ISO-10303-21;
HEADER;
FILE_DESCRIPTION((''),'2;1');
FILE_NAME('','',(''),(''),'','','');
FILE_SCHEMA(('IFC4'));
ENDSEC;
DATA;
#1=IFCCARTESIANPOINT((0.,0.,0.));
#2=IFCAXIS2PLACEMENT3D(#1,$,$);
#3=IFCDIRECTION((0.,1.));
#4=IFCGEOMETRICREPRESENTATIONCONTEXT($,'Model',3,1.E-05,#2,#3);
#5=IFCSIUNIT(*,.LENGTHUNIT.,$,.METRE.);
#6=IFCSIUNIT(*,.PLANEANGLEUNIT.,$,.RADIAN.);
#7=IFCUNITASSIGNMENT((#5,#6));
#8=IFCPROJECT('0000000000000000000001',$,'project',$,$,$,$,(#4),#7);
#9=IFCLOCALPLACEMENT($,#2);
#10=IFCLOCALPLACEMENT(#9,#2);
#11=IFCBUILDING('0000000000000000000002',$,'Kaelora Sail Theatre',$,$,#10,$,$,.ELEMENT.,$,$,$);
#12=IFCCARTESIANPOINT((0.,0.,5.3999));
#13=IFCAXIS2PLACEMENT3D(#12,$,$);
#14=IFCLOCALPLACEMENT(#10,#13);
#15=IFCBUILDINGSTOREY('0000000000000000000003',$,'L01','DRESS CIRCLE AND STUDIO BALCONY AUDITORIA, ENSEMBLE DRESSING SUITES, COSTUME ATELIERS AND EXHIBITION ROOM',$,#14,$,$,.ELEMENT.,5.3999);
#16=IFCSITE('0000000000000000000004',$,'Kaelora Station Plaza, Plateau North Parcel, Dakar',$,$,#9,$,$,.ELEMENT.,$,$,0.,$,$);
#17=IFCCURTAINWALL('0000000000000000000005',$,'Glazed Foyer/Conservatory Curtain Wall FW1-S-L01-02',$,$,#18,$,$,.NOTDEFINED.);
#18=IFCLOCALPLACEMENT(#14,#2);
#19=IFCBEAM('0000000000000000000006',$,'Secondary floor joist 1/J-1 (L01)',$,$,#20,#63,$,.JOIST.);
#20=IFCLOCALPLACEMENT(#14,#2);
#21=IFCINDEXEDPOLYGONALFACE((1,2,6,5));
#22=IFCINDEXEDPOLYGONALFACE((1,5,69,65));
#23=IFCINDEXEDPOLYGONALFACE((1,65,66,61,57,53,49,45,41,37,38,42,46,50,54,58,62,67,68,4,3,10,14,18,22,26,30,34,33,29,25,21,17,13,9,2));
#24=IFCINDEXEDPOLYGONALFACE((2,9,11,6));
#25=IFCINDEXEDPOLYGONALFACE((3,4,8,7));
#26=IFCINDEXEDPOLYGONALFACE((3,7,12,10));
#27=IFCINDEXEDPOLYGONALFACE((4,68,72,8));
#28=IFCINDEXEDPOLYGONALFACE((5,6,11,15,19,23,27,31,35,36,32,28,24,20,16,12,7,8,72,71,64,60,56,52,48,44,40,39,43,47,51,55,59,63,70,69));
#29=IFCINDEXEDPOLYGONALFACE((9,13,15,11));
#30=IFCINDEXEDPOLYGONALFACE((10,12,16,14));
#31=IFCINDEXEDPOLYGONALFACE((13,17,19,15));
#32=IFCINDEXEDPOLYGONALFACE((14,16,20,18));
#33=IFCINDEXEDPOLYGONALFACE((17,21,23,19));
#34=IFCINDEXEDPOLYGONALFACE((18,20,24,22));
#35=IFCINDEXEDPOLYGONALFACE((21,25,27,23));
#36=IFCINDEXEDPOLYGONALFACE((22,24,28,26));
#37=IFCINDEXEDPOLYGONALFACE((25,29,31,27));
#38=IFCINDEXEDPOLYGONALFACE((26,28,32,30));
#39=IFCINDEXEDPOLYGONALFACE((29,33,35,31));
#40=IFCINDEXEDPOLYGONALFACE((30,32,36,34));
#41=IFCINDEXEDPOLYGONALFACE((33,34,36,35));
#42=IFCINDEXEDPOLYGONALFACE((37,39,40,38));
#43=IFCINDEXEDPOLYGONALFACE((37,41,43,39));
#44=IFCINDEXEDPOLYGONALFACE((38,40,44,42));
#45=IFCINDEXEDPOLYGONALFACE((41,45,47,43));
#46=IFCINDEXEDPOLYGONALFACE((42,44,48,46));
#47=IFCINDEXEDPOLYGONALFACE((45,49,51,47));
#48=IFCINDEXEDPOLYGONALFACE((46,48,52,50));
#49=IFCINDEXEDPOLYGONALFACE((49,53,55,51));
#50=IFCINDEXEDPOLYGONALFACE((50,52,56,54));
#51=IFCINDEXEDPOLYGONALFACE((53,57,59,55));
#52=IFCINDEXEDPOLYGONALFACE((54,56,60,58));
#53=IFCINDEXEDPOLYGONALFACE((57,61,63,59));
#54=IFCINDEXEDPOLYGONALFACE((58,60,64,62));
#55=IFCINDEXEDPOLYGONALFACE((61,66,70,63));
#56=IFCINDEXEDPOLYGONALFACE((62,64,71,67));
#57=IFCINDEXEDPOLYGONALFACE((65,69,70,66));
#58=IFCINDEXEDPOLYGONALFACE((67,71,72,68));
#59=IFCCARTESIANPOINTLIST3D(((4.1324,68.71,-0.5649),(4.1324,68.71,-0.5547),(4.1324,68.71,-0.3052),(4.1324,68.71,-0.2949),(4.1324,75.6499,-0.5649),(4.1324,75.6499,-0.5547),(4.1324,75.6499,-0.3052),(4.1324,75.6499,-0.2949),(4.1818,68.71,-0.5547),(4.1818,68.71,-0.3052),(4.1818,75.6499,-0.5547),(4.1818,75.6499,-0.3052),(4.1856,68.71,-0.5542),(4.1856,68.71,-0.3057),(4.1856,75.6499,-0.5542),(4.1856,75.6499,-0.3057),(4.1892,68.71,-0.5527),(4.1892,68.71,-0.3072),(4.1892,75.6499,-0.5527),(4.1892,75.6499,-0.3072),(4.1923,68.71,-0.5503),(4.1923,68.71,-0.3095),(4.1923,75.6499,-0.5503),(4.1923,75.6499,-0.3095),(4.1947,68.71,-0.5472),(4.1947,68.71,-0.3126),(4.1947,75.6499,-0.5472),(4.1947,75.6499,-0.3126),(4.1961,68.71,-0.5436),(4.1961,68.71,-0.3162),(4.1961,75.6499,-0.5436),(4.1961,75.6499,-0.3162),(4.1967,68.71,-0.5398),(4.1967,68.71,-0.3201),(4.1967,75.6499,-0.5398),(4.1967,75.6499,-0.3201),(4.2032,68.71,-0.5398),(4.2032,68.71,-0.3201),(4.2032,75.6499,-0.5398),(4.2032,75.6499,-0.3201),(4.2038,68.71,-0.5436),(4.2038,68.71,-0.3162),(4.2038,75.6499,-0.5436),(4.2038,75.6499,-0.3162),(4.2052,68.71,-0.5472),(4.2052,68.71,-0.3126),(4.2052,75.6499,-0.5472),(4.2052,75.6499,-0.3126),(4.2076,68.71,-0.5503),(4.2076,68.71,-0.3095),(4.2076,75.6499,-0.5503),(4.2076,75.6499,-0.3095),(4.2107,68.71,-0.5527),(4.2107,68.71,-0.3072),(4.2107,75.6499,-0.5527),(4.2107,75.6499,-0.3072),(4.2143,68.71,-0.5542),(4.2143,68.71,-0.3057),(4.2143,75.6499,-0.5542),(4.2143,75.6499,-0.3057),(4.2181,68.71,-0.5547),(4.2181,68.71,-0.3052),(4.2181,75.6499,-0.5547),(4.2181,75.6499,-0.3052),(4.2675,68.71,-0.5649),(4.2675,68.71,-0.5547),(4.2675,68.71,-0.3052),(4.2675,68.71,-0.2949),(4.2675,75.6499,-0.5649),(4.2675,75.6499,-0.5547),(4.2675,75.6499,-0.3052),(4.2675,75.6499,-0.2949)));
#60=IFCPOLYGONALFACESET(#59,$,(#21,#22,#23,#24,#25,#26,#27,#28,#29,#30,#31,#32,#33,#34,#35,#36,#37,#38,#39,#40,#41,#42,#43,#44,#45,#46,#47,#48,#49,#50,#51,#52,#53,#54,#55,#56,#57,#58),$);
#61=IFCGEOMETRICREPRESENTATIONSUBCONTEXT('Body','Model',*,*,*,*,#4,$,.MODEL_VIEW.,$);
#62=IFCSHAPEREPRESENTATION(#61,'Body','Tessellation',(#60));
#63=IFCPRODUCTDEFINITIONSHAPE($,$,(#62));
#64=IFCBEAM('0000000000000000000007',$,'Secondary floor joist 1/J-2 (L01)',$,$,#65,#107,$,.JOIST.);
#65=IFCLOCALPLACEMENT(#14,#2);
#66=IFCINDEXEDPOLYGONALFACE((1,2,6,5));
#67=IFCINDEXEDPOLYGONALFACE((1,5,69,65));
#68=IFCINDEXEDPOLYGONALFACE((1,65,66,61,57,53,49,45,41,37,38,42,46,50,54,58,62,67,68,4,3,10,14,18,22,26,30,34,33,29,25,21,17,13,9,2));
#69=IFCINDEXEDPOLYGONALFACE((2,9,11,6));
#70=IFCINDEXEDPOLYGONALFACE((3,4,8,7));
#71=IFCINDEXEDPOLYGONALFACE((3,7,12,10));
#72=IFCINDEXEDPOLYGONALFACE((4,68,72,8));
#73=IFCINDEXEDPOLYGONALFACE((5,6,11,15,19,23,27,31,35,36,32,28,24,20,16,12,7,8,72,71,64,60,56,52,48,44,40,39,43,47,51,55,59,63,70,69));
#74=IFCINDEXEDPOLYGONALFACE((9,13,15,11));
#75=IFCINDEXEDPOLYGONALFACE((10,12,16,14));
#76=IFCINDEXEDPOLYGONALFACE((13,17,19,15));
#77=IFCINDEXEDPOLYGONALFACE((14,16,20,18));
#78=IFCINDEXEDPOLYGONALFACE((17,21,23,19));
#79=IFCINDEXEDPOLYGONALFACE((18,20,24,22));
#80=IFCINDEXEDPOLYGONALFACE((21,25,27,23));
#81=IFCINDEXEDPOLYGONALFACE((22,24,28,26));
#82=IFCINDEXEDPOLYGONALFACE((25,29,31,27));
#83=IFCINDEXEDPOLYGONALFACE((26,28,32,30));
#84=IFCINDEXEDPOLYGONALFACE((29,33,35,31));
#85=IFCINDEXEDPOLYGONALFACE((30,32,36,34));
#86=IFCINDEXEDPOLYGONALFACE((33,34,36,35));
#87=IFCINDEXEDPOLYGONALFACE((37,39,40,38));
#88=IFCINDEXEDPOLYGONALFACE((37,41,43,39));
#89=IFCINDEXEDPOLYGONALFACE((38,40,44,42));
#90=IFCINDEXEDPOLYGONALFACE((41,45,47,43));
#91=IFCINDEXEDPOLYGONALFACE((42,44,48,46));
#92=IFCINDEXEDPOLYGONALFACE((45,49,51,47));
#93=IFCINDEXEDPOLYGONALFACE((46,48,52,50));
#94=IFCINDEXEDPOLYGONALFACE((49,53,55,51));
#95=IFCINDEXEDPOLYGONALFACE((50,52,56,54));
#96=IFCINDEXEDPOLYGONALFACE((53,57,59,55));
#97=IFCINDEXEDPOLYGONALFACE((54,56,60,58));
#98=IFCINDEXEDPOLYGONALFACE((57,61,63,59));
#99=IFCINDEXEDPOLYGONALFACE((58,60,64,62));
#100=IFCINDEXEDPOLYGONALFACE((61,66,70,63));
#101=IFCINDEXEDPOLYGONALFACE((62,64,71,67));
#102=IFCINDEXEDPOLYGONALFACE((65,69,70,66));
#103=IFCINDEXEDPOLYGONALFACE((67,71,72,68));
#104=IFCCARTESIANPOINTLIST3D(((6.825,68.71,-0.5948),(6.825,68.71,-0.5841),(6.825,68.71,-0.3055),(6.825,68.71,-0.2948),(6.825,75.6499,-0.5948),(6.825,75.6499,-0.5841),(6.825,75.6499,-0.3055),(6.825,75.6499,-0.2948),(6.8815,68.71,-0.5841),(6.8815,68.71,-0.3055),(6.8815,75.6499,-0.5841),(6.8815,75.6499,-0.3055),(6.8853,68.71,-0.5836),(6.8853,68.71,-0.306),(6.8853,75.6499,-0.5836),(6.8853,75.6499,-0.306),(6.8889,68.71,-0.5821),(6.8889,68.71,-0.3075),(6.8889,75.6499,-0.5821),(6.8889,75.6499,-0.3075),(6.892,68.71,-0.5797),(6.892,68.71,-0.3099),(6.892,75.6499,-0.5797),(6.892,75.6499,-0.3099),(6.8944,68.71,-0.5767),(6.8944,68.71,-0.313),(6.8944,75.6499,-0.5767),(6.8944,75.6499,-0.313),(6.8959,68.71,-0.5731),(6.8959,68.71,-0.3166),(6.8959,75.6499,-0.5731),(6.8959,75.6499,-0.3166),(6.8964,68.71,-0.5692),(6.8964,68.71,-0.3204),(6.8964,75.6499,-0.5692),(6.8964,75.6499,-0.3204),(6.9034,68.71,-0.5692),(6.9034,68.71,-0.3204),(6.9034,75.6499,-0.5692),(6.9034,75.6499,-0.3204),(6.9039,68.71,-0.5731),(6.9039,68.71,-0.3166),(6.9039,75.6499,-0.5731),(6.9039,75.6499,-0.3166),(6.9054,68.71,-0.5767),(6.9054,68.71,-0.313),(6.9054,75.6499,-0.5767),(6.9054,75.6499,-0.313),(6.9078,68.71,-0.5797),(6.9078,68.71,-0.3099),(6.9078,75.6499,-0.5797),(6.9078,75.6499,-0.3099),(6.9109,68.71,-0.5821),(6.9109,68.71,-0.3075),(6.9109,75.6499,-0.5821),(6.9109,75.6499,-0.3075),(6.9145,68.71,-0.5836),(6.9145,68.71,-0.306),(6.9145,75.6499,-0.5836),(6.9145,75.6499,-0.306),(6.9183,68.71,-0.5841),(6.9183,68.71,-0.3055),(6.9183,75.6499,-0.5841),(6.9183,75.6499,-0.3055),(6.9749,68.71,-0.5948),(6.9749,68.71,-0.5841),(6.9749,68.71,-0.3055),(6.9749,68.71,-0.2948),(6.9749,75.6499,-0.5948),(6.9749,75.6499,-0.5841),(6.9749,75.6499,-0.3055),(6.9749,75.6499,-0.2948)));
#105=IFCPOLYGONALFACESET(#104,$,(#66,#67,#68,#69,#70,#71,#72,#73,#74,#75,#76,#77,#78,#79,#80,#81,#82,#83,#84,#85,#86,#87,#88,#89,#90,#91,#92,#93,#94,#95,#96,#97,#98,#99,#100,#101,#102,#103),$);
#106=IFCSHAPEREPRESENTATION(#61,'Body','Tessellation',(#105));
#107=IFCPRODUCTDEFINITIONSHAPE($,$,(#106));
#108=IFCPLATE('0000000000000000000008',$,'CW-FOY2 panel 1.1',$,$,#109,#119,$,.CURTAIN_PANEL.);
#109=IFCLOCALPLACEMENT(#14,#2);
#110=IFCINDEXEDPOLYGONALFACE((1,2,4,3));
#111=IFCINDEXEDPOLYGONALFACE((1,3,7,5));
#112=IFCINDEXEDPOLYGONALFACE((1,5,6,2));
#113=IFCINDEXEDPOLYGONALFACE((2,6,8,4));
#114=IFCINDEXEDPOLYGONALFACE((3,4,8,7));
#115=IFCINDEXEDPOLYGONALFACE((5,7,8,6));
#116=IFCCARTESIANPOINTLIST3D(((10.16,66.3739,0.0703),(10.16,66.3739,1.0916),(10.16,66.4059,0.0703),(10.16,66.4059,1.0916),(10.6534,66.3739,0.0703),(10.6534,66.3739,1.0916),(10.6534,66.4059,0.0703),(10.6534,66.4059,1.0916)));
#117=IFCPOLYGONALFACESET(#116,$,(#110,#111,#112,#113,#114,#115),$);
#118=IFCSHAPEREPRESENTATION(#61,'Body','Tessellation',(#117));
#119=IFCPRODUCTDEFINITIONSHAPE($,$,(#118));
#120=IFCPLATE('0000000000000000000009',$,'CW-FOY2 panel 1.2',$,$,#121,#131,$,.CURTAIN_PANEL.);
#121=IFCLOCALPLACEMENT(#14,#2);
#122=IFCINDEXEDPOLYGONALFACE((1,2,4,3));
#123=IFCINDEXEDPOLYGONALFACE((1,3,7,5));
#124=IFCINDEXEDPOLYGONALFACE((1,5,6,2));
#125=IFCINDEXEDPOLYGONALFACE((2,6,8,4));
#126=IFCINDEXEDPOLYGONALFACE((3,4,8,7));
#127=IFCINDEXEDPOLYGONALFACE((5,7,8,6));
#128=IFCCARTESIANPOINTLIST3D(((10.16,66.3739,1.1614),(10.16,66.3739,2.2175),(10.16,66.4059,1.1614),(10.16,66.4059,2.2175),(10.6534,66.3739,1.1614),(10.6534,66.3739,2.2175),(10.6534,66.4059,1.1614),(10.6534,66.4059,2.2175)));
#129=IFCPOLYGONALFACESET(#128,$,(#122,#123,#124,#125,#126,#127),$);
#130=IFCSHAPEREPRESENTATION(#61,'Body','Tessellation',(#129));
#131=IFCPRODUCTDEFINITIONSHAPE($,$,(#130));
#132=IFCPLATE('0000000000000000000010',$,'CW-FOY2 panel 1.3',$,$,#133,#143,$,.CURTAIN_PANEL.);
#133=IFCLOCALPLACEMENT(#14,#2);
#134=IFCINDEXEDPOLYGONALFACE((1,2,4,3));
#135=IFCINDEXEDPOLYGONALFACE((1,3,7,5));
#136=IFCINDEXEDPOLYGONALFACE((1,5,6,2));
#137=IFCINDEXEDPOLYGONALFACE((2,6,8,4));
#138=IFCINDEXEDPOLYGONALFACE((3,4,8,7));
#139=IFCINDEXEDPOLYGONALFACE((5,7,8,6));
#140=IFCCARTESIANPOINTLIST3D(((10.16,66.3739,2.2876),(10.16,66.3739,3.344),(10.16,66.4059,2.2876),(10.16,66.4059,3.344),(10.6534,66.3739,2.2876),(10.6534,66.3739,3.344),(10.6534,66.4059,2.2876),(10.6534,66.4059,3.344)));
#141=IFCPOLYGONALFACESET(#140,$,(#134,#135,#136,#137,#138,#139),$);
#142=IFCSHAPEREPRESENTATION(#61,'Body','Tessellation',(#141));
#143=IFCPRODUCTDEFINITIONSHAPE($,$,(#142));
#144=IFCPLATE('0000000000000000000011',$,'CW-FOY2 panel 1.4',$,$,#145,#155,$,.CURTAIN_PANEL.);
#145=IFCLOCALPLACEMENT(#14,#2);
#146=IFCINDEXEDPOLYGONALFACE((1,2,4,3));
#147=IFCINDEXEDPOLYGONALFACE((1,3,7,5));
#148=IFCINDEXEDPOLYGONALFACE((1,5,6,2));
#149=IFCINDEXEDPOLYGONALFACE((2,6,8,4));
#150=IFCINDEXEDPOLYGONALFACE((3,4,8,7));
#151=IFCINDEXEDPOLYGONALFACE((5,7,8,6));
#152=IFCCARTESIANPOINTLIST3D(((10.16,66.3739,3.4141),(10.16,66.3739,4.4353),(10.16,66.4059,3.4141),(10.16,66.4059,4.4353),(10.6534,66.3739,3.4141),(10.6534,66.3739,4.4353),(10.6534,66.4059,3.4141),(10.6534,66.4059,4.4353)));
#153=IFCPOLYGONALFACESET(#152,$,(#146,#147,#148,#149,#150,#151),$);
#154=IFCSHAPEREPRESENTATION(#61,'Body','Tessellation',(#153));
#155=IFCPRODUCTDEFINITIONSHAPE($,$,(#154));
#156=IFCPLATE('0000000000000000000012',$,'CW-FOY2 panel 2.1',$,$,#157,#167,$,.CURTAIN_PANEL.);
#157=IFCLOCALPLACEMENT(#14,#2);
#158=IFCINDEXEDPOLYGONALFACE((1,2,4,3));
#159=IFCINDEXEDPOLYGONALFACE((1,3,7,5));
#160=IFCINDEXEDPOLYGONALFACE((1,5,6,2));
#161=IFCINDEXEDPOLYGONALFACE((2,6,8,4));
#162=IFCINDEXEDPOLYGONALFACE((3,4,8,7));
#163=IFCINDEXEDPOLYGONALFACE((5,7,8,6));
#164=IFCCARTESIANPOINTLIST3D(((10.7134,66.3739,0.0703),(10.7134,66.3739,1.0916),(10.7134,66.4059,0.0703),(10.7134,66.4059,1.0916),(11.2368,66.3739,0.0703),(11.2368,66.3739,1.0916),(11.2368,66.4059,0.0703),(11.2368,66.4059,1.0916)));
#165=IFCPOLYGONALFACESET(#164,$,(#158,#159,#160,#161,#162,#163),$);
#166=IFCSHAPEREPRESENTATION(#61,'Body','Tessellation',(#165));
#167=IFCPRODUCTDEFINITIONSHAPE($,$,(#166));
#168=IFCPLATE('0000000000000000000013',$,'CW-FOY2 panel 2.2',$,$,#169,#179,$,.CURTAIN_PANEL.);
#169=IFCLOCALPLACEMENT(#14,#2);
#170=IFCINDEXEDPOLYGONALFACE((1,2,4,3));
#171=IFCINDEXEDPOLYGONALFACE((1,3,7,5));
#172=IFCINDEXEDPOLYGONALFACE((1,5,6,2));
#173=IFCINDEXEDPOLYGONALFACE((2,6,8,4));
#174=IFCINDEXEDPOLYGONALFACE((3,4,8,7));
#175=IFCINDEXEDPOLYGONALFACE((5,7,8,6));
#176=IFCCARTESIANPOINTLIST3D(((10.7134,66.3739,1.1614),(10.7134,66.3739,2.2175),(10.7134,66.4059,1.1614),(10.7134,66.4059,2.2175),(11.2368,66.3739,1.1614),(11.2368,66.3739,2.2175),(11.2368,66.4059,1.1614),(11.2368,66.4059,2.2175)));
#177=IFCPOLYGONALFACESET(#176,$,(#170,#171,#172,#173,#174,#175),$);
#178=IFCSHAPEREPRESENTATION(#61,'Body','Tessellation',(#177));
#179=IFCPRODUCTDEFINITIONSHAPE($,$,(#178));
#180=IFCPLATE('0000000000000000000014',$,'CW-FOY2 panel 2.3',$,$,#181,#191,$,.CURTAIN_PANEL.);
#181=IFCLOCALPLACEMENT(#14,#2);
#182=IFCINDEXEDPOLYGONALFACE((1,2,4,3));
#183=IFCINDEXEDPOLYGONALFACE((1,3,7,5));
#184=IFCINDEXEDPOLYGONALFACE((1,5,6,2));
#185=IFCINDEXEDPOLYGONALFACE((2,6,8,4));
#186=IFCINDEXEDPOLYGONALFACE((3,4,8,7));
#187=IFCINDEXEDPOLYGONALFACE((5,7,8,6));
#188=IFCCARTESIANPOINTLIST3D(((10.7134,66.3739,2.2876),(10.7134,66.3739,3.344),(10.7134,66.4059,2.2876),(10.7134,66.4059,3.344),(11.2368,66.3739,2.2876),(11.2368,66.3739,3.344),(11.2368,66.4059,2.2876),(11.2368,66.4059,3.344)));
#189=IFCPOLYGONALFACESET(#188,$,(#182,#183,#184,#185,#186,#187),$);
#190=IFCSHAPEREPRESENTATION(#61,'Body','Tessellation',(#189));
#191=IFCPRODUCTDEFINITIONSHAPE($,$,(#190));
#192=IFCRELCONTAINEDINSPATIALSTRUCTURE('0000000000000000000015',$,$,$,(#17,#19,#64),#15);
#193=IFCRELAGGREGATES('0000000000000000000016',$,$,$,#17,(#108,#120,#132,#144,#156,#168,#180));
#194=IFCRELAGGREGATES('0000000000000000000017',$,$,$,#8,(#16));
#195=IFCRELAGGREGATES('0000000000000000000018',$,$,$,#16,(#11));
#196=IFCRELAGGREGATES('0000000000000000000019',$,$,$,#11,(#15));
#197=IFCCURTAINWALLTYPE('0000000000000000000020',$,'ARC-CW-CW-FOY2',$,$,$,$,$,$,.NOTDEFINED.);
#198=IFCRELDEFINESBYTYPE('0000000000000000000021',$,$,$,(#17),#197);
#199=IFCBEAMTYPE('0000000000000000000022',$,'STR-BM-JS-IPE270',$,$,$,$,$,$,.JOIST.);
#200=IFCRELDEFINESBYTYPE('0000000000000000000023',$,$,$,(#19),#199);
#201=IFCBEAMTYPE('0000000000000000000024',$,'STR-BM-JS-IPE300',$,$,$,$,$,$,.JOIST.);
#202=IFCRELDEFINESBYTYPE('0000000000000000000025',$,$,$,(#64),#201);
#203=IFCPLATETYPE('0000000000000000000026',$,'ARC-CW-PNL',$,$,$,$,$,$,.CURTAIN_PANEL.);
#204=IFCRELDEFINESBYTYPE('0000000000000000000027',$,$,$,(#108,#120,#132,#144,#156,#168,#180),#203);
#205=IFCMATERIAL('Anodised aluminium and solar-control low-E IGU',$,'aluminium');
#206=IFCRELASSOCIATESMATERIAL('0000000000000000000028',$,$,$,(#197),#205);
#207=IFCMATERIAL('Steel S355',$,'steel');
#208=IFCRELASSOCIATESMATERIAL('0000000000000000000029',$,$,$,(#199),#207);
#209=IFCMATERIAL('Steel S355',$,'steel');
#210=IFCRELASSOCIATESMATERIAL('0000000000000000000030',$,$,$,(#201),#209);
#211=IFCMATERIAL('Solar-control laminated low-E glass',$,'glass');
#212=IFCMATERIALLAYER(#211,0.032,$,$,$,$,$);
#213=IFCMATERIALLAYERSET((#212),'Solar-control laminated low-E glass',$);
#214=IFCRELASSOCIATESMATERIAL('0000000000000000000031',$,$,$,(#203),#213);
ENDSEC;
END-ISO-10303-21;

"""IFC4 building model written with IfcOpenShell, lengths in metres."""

from ifc_helpers import new_model, si_unit, direction, frame, origin, origin_2d, place, context, subcontext, project, spatial, rectangle, i_section, extrude, material, layer, layer_set, material_profile, profile_set, type_object, element, aggregate, save


model = new_model("IFC4")

# Units and contexts
model_context = context("Model", 3, precision=1e-05, world=origin(), true_north=direction((0.0, 1.0)))
body_context = subcontext(model_context, "Body", "Model", "MODEL_VIEW")
ifc_project = project(units=[si_unit("LENGTHUNIT", "METRE"), si_unit("PLANEANGLEUNIT", "RADIAN")], contexts=[model_context])

# Site, building, storey
site_placement = place(None, origin())
site = spatial("IfcSite", under=ifc_project, at=site_placement, Name="Kaelora Station Plaza, Plateau North Parcel, Dakar", CompositionType="ELEMENT", RefElevation=0.0)
building_placement = place(site_placement, origin())
building = spatial("IfcBuilding", under=site, at=building_placement, Name="Kaelora Sail Theatre", CompositionType="ELEMENT")
storey_placement = place(building_placement, frame((0.0, 0.0, 5.3999)))
storey = spatial("IfcBuildingStorey", under=building, at=storey_placement, Name="L01", Description="DRESS CIRCLE AND STUDIO BALCONY AUDITORIA, ENSEMBLE DRESSING SUITES, COSTUME ATELIERS AND EXHIBITION ROOM", CompositionType="ELEMENT", Elevation=5.3999)

# Curtain wall
ifc_material_1 = material(Name="Anodised aluminium and solar-control low-E IGU", Category="aluminium")
curtain_wall_type = type_object("IfcCurtainWallType", Name="ARC-CW-CW-FOY2", PredefinedType="NOTDEFINED", material=ifc_material_1)
curtain_wall_placement = place(storey_placement, origin())
curtain_wall = element("IfcCurtainWall", 1, at=curtain_wall_placement, inside=storey, type_object=curtain_wall_type, Name="Glazed Foyer/Conservatory Curtain Wall FW1-S-L01-02", PredefinedType="NOTDEFINED")

# Beams
ifc_material_2 = material(Name="Steel S355", Category="steel")
ifc_material_profile_1 = material_profile(ifc_material_2, i_section(OverallWidth=0.135, OverallDepth=0.27, WebThickness=0.0066, FlangeThickness=0.0103, FilletRadius=0.0149, at=origin_2d()), Name="IPE 270")
ifc_profile_set_1 = profile_set([ifc_material_profile_1], Name="Steel S355")
beam_type_1 = type_object("IfcBeamType", Name="STR-BM-JS-IPE270", PredefinedType="JOIST", material=ifc_profile_set_1)
beam_1_placement = place(storey_placement, frame((4.2, 68.71, -0.4299), z_axis=(0.0, 1.0, 0.0), x_axis=(-1.0, 0.0, 0.0)))
element("IfcBeam", 2, at=beam_1_placement, inside=storey, type_object=beam_type_1, Name="Secondary floor joist 1/J-1 (L01)", PredefinedType="JOIST", context=body_context, shape_type="SweptSolid", body=[
    extrude(i_section(OverallWidth=0.135, OverallDepth=0.27, WebThickness=0.0066, FlangeThickness=0.0103, FilletRadius=0.0149, at=origin_2d()), origin(), (0.0, 0.0, 1.0), 6.9399),
])
ifc_material_3 = material(Name="Steel S355", Category="steel")
ifc_material_profile_2 = material_profile(ifc_material_3, i_section(OverallWidth=0.1499, OverallDepth=0.3, WebThickness=0.0071, FlangeThickness=0.0107, FilletRadius=0.0149, at=origin_2d()), Name="IPE 300")
ifc_profile_set_2 = profile_set([ifc_material_profile_2], Name="Steel S355")
beam_type_2 = type_object("IfcBeamType", Name="STR-BM-JS-IPE300", PredefinedType="JOIST", material=ifc_profile_set_2)
beam_2_placement = place(storey_placement, frame((6.8999, 68.71, -0.4448), z_axis=(0.0, 1.0, 0.0), x_axis=(-1.0, 0.0, 0.0)))
element("IfcBeam", 3, at=beam_2_placement, inside=storey, type_object=beam_type_2, Name="Secondary floor joist 1/J-2 (L01)", PredefinedType="JOIST", context=body_context, shape_type="SweptSolid", body=[
    extrude(i_section(OverallWidth=0.1499, OverallDepth=0.3, WebThickness=0.0071, FlangeThickness=0.0107, FilletRadius=0.0149, at=origin_2d()), origin(), (0.0, 0.0, 1.0), 6.9399),
])

# Plates
ifc_material_4 = material(Name="Solar-control laminated low-E glass", Category="glass")
ifc_layer = layer(ifc_material_4, 0.032)
ifc_layer_set = layer_set([ifc_layer], Name="Solar-control laminated low-E glass")
plate_type = type_object("IfcPlateType", Name="ARC-CW-PNL", PredefinedType="CURTAIN_PANEL", material=ifc_layer_set)
plate_1_placement = place(storey_placement, frame((10.4067, 66.3899, 0.0703), z_axis=(0.0, 0.0, 1.0), x_axis=(1.0, 0.0, 0.0)))
plate_1 = element("IfcPlate", 4, at=plate_1_placement, type_object=plate_type, Name="CW-FOY2 panel 1.1", PredefinedType="CURTAIN_PANEL", context=body_context, shape_type="SweptSolid", body=[
    extrude(rectangle(XDim=0.4934, YDim=0.032, at=origin_2d()), origin(), (0.0, 0.0, 1.0), 1.0212),
])
plate_2_placement = place(storey_placement, frame((10.4067, 66.3899, 1.1614), z_axis=(0.0, 0.0, 1.0), x_axis=(1.0, 0.0, 0.0)))
plate_2 = element("IfcPlate", 5, at=plate_2_placement, type_object=plate_type, Name="CW-FOY2 panel 1.2", PredefinedType="CURTAIN_PANEL", context=body_context, shape_type="SweptSolid", body=[
    extrude(rectangle(XDim=0.4934, YDim=0.032, at=origin_2d()), origin(), (0.0, 0.0, 1.0), 1.0562),
])
plate_3_placement = place(storey_placement, frame((10.4067, 66.3899, 2.2876), z_axis=(0.0, 0.0, 1.0), x_axis=(1.0, 0.0, 0.0)))
plate_3 = element("IfcPlate", 6, at=plate_3_placement, type_object=plate_type, Name="CW-FOY2 panel 1.3", PredefinedType="CURTAIN_PANEL", context=body_context, shape_type="SweptSolid", body=[
    extrude(rectangle(XDim=0.4934, YDim=0.032, at=origin_2d()), origin(), (0.0, 0.0, 1.0), 1.0564),
])
plate_4_placement = place(storey_placement, frame((10.4067, 66.3899, 3.4141), z_axis=(0.0, 0.0, 1.0), x_axis=(1.0, 0.0, 0.0)))
plate_4 = element("IfcPlate", 7, at=plate_4_placement, type_object=plate_type, Name="CW-FOY2 panel 1.4", PredefinedType="CURTAIN_PANEL", context=body_context, shape_type="SweptSolid", body=[
    extrude(rectangle(XDim=0.4934, YDim=0.032, at=origin_2d()), origin(), (0.0, 0.0, 1.0), 1.0212),
])
plate_5_placement = place(storey_placement, frame((10.9751, 66.3899, 0.0703), z_axis=(0.0, 0.0, 1.0), x_axis=(1.0, 0.0, 0.0)))
plate_5 = element("IfcPlate", 8, at=plate_5_placement, type_object=plate_type, Name="CW-FOY2 panel 2.1", PredefinedType="CURTAIN_PANEL", context=body_context, shape_type="SweptSolid", body=[
    extrude(rectangle(XDim=0.5234, YDim=0.032, at=origin_2d()), origin(), (0.0, 0.0, 1.0), 1.0212),
])
plate_6_placement = place(storey_placement, frame((10.9751, 66.3899, 1.1614), z_axis=(0.0, 0.0, 1.0), x_axis=(1.0, 0.0, 0.0)))
plate_6 = element("IfcPlate", 9, at=plate_6_placement, type_object=plate_type, Name="CW-FOY2 panel 2.2", PredefinedType="CURTAIN_PANEL", context=body_context, shape_type="SweptSolid", body=[
    extrude(rectangle(XDim=0.5234, YDim=0.032, at=origin_2d()), origin(), (0.0, 0.0, 1.0), 1.0562),
])
plate_7_placement = place(storey_placement, frame((10.9751, 66.3899, 2.2876), z_axis=(0.0, 0.0, 1.0), x_axis=(1.0, 0.0, 0.0)))
plate_7 = element("IfcPlate", 10, at=plate_7_placement, type_object=plate_type, Name="CW-FOY2 panel 2.3", PredefinedType="CURTAIN_PANEL", context=body_context, shape_type="SweptSolid", body=[
    extrude(rectangle(XDim=0.5234, YDim=0.032, at=origin_2d()), origin(), (0.0, 0.0, 1.0), 1.0564),
])
aggregate(curtain_wall, [plate_1, plate_2, plate_3, plate_4, plate_5, plate_6, plate_7])

save(model, "model.ifc")
